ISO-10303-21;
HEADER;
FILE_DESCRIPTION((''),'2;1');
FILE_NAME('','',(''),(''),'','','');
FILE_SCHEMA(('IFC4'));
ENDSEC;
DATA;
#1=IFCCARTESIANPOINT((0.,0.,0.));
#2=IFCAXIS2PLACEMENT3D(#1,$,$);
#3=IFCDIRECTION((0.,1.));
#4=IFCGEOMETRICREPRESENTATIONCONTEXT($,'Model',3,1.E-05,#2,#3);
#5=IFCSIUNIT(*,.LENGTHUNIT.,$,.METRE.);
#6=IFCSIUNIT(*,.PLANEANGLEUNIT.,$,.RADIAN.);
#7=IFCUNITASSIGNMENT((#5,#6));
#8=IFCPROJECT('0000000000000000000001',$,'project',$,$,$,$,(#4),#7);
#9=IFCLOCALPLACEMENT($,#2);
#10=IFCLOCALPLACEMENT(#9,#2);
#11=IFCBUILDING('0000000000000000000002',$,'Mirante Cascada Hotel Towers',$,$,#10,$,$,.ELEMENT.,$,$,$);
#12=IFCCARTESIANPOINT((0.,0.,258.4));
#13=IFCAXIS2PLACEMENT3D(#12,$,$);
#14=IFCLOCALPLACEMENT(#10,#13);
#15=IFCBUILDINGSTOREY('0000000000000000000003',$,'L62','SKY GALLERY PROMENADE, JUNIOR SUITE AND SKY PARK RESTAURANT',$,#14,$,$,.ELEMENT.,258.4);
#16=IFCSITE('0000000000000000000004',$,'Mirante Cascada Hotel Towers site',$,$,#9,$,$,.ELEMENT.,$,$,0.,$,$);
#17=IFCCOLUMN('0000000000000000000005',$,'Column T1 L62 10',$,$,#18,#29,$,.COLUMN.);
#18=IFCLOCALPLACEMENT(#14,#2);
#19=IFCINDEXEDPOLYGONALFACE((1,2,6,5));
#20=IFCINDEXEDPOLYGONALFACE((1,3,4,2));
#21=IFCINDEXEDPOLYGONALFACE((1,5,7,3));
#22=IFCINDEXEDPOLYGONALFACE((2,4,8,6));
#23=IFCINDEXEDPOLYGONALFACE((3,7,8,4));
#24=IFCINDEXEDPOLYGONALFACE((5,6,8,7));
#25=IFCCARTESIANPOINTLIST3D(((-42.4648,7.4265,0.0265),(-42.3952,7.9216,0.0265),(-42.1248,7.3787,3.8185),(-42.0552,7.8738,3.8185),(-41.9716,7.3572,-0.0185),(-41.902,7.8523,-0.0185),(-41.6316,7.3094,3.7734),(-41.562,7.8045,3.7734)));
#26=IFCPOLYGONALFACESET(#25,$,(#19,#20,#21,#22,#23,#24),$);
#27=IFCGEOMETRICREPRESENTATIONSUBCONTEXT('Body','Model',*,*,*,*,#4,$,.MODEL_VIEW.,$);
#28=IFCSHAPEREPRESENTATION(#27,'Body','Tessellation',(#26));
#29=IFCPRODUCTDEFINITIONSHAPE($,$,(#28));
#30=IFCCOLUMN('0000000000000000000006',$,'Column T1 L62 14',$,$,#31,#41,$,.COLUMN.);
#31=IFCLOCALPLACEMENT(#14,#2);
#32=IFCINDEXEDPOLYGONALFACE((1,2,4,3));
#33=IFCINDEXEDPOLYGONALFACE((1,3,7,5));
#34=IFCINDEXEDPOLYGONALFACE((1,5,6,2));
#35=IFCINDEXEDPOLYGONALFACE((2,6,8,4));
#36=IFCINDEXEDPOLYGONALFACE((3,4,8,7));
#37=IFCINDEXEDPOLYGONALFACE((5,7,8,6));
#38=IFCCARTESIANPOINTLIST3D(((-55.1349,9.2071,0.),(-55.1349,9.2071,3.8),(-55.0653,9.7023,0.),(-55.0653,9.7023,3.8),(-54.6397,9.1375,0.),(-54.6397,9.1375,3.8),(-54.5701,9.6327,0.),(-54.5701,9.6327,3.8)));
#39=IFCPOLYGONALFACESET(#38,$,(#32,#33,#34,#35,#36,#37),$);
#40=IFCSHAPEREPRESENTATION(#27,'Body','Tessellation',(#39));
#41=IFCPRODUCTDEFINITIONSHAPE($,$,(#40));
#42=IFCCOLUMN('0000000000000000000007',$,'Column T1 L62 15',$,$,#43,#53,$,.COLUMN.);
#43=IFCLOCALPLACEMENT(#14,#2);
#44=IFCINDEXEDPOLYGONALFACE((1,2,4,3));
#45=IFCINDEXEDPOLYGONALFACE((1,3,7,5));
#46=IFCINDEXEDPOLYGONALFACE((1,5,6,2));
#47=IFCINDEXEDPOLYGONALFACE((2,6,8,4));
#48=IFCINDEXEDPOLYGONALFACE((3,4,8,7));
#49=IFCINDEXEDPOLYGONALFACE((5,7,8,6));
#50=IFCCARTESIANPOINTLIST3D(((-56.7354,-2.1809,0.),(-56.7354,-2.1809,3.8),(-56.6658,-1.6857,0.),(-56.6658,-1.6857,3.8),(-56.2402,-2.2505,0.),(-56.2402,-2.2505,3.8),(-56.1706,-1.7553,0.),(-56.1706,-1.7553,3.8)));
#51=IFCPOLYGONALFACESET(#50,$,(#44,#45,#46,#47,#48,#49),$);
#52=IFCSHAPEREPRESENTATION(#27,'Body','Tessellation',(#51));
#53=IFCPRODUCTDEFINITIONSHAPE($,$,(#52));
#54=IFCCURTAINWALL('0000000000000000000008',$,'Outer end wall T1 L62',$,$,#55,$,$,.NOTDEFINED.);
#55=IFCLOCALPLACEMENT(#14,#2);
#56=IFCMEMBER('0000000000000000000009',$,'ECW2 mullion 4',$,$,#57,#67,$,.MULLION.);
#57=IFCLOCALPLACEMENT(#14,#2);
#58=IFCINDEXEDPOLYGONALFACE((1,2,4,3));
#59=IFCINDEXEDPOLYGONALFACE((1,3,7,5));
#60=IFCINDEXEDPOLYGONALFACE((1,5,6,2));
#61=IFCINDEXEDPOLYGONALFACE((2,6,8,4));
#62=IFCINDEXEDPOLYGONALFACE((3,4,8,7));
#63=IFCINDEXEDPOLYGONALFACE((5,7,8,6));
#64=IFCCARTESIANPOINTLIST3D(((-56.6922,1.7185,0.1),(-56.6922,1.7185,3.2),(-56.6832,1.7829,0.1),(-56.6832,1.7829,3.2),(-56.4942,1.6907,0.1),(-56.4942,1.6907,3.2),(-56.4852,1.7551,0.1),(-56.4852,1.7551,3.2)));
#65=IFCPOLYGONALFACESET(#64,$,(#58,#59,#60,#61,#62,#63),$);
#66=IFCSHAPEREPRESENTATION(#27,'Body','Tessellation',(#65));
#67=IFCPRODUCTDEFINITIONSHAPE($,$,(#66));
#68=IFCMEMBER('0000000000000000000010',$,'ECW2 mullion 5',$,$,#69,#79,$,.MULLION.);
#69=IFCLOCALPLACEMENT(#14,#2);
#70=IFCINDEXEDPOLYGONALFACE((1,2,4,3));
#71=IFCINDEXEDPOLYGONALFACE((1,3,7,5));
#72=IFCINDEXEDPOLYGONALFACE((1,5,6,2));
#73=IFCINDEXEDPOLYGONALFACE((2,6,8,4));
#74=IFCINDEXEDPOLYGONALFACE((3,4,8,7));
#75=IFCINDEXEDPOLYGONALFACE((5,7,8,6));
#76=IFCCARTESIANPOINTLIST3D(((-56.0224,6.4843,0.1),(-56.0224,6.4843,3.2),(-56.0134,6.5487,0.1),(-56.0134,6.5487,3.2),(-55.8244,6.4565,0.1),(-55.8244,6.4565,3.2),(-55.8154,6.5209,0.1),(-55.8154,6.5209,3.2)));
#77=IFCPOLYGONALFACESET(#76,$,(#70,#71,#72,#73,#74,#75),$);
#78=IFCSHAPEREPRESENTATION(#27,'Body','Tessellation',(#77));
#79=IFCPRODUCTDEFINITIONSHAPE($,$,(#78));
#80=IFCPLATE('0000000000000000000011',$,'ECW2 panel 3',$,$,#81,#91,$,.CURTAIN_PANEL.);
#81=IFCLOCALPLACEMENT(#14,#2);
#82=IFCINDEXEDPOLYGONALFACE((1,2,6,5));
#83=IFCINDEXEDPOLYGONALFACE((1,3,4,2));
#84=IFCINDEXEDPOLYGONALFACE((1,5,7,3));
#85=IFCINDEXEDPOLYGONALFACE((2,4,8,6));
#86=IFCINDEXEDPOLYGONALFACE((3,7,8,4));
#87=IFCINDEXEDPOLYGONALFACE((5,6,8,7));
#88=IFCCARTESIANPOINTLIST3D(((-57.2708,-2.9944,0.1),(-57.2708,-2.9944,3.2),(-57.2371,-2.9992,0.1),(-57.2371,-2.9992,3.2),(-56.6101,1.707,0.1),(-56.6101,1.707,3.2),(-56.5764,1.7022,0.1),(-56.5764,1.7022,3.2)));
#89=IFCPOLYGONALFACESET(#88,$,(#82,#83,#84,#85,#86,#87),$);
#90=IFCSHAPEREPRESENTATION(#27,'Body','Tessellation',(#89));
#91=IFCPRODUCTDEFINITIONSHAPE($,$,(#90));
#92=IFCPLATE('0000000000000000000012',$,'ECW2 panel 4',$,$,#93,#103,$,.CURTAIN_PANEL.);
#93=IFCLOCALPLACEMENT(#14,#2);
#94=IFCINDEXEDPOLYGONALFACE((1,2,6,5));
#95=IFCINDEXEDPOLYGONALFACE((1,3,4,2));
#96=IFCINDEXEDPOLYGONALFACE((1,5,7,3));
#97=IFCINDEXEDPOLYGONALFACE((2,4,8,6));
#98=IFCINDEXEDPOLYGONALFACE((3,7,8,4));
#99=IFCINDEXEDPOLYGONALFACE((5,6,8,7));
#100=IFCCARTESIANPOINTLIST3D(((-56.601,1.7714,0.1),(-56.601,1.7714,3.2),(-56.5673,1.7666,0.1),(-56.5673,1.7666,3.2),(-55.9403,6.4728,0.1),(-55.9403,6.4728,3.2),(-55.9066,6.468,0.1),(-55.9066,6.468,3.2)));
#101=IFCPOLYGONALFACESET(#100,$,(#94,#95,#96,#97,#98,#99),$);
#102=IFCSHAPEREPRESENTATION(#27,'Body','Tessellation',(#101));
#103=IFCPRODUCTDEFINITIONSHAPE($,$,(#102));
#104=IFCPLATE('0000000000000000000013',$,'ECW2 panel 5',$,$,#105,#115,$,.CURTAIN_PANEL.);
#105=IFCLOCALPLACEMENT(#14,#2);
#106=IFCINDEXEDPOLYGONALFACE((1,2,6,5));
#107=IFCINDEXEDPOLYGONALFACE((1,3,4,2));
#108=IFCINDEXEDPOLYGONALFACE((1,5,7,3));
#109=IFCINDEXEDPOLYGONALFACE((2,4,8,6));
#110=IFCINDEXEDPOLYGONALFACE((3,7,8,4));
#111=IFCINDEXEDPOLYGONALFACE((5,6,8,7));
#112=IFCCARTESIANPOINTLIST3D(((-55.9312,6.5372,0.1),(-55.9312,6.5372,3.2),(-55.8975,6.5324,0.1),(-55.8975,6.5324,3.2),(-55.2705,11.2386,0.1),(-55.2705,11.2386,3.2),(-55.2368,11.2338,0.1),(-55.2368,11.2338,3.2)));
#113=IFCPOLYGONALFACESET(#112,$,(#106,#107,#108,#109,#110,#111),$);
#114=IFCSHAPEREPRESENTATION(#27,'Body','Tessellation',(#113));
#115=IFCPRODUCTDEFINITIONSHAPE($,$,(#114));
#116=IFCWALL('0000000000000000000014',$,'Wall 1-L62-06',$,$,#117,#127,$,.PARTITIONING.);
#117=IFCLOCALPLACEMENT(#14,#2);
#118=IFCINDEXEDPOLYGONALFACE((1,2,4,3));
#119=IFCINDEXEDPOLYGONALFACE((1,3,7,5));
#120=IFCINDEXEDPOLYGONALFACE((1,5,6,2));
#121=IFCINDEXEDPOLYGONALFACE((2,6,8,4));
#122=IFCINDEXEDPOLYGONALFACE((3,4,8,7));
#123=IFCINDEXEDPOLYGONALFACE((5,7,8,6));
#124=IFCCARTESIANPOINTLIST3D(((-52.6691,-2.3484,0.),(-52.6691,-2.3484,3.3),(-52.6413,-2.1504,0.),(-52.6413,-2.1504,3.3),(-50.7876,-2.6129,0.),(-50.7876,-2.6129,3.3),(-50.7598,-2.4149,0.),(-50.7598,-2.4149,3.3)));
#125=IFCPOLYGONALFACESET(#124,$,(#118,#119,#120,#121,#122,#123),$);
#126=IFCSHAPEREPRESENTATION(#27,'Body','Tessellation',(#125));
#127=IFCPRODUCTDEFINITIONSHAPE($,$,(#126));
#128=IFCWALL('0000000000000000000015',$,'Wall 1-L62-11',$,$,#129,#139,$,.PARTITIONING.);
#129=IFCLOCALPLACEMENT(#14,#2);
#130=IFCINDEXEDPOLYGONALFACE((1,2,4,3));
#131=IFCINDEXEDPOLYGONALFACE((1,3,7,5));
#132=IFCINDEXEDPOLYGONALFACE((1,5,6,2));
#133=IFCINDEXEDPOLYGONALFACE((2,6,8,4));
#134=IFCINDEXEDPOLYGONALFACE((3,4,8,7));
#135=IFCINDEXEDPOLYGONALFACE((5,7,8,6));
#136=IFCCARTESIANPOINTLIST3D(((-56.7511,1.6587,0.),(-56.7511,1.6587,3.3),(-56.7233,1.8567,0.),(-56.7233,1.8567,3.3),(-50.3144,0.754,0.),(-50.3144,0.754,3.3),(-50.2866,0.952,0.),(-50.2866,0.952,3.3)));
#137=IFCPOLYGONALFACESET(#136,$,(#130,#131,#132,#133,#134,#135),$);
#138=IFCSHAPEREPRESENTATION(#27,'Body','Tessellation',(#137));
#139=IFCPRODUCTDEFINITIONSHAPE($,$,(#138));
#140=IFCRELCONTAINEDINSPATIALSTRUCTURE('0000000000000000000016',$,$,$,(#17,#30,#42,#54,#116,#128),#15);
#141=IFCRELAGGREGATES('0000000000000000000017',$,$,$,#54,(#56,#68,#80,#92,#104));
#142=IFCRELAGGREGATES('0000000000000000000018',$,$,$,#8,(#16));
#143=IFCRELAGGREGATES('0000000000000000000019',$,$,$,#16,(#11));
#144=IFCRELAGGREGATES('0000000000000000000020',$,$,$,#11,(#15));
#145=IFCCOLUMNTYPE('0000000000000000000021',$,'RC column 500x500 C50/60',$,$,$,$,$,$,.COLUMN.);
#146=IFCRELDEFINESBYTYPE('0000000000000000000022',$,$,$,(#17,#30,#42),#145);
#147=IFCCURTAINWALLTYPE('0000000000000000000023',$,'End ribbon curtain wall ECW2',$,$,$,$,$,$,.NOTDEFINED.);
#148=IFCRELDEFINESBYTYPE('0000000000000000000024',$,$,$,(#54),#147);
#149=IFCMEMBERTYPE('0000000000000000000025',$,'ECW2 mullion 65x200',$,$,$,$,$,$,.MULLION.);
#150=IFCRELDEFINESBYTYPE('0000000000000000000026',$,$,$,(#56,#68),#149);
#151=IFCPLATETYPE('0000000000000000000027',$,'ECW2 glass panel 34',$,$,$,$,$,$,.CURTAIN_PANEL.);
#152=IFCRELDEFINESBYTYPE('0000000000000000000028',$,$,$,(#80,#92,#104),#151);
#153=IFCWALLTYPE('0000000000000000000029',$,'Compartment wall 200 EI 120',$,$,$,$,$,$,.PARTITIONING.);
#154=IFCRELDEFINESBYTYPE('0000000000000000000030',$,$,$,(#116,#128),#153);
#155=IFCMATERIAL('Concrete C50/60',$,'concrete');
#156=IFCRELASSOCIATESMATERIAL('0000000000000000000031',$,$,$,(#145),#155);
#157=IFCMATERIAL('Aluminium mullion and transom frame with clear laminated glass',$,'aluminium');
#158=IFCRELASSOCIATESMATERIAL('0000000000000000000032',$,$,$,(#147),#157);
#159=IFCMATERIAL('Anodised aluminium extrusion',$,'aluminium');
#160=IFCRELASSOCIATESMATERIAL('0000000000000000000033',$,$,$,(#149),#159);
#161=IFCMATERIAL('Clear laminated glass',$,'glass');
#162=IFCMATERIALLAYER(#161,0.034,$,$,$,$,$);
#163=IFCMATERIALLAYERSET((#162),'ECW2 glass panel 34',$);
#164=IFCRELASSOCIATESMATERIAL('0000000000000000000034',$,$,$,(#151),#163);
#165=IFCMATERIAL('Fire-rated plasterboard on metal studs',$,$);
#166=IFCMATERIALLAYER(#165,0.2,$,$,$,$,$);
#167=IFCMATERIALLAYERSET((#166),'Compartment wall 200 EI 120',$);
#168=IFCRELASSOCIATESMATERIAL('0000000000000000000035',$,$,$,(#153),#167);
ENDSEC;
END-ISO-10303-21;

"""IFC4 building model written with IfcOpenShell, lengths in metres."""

from ifc_helpers import new_model, si_unit, direction, frame, frame_2d, origin, origin_2d, place, context, subcontext, project, spatial, rectangle, extrude, material, layer, layer_set, material_profile, profile_set, type_object, element, aggregate, save


model = new_model("IFC4")

# Units and contexts
model_context = context("Model", 3, precision=1e-05, world=origin(), true_north=direction((0.0, 1.0)))
body_context = subcontext(model_context, "Body", "Model", "MODEL_VIEW")
ifc_project = project(units=[si_unit("LENGTHUNIT", "METRE"), si_unit("PLANEANGLEUNIT", "RADIAN")], contexts=[model_context])

# Site, building, storey
site_placement = place(None, origin())
site = spatial("IfcSite", under=ifc_project, at=site_placement, Name="Mirante Cascada Hotel Towers site", CompositionType="ELEMENT", RefElevation=0.0)
building_placement = place(site_placement, origin())
building = spatial("IfcBuilding", under=site, at=building_placement, Name="Mirante Cascada Hotel Towers", CompositionType="ELEMENT")
storey_placement = place(building_placement, frame((0.0, 0.0, 258.4)))
storey = spatial("IfcBuildingStorey", under=building, at=storey_placement, Name="L62", Description="SKY GALLERY PROMENADE, JUNIOR SUITE AND SKY PARK RESTAURANT", CompositionType="ELEMENT", Elevation=258.4)

# Columns
ifc_material_1 = material(Name="Concrete C50/60", Category="concrete")
ifc_material_profile_1 = material_profile(ifc_material_1, rectangle(XDim=0.5, YDim=0.5, at=origin_2d()), Name="RC column 500x500 C50/60")
ifc_profile_set_1 = profile_set([ifc_material_profile_1], Name="Concrete C50/60")
column_type = type_object("IfcColumnType", Name="RC column 500x500 C50/60", PredefinedType="COLUMN", material=ifc_profile_set_1)
column_placement = place(storey_placement, frame((-42.1834, 7.6394, 0.004), z_axis=(0.089297, -0.012554, 0.995926), x_axis=(0.139219, 0.990262, 0.0)))
element("IfcColumn", 1, at=column_placement, inside=storey, type_object=column_type, Name="Column T1 L62 10", PredefinedType="COLUMN", context=body_context, shape_type="SweptSolid", body=[
    extrude(rectangle(XDim=0.5, YDim=0.5, at=origin_2d()), origin(), (0.0, 0.0, 1.0), 3.8075),
])
for number, where, z_axis, x_axis, name in (
    (2, (-54.8525, 9.4199, 0.0), (0.0, 0.0, 1.0), (-0.990268, 0.139173, 0.0), "Column T1 L62 14"),
    (3, (-56.453, -1.9681, 0.0), (0.0, 0.0, 1.0), (-0.990268, 0.139173, 0.0), "Column T1 L62 15"),
):
    element("IfcColumn", number, at=place(storey_placement, frame(where, z_axis=z_axis, x_axis=x_axis)), inside=storey, type_object=column_type, Name=name, PredefinedType="COLUMN", context=body_context, shape_type="SweptSolid", body=[
        extrude(rectangle(XDim=0.5, YDim=0.5, at=origin_2d()), origin(), (0.0, 0.0, 1.0), 3.8),
    ])

# Curtain wall, members, plates
ifc_material_2 = material(Name="Aluminium mullion and transom frame with clear laminated glass", Category="aluminium")
curtain_wall_type = type_object("IfcCurtainWallType", Name="End ribbon curtain wall ECW2", PredefinedType="NOTDEFINED", material=ifc_material_2)
curtain_wall_placement = place(storey_placement, origin())
curtain_wall = element("IfcCurtainWall", 4, at=curtain_wall_placement, inside=storey, type_object=curtain_wall_type, Name="Outer end wall T1 L62", PredefinedType="NOTDEFINED")
ifc_material_3 = material(Name="Anodised aluminium extrusion", Category="aluminium")
ifc_material_profile_2 = material_profile(ifc_material_3, rectangle(XDim=0.2, YDim=0.065, at=origin_2d()), Name="ECW2 MULLION 65x200")
ifc_profile_set_2 = profile_set([ifc_material_profile_2], Name="Anodised aluminium extrusion")
member_type = type_object("IfcMemberType", Name="ECW2 mullion 65x200", PredefinedType="MULLION", material=ifc_profile_set_2)
member_1_placement = place(storey_placement, frame((-56.5887, 1.7368, 0.1), z_axis=(0.0, 0.0, 1.0), x_axis=(-0.990268, 0.139173, 0.0)))
member_1 = element("IfcMember", 5, at=member_1_placement, type_object=member_type, Name="ECW2 mullion 4", PredefinedType="MULLION", context=body_context, shape_type="SweptSolid", body=[
    extrude(rectangle(XDim=0.2, YDim=0.065, at=origin_2d()), origin(), (0.0, 0.0, 1.0), 3.1),
])
member_2_placement = place(storey_placement, frame((-55.9189, 6.5026, 0.1), z_axis=(0.0, 0.0, 1.0), x_axis=(-0.990268, 0.139173, 0.0)))
member_2 = element("IfcMember", 6, at=member_2_placement, type_object=member_type, Name="ECW2 mullion 5", PredefinedType="MULLION", context=body_context, shape_type="SweptSolid", body=[
    extrude(rectangle(XDim=0.2, YDim=0.065, at=origin_2d()), origin(), (0.0, 0.0, 1.0), 3.1),
])
ifc_material_4 = material(Name="Clear laminated glass", Category="glass")
ifc_layer_1 = layer(ifc_material_4, 0.034)
ifc_layer_set_1 = layer_set([ifc_layer_1], Name="ECW2 glass panel 34")
plate_type = type_object("IfcPlateType", Name="ECW2 glass panel 34", PredefinedType="CURTAIN_PANEL", material=ifc_layer_set_1)
plate_1_placement = place(storey_placement, frame((-56.9236, -0.6461, 0.1), z_axis=(0.0, 0.0, 1.0), x_axis=(0.139173, 0.990268, 0.0)))
plate_1 = element("IfcPlate", 7, at=plate_1_placement, type_object=plate_type, Name="ECW2 panel 3", PredefinedType="CURTAIN_PANEL", context=body_context, shape_type="SweptSolid", body=[
    extrude(rectangle(XDim=4.7476, YDim=0.034, at=origin_2d()), origin(), (0.0, 0.0, 1.0), 3.1),
])
plate_2_placement = place(storey_placement, frame((-56.2538, 4.1197, 0.1), z_axis=(0.0, 0.0, 1.0), x_axis=(0.139173, 0.990268, 0.0)))
plate_2 = element("IfcPlate", 8, at=plate_2_placement, type_object=plate_type, Name="ECW2 panel 4", PredefinedType="CURTAIN_PANEL", context=body_context, shape_type="SweptSolid", body=[
    extrude(rectangle(XDim=4.7476, YDim=0.034, at=origin_2d()), origin(), (0.0, 0.0, 1.0), 3.1),
])
plate_3_placement = place(storey_placement, frame((-55.584, 8.8855, 0.1), z_axis=(0.0, 0.0, 1.0), x_axis=(0.139173, 0.990268, 0.0)))
plate_3 = element("IfcPlate", 9, at=plate_3_placement, type_object=plate_type, Name="ECW2 panel 5", PredefinedType="CURTAIN_PANEL", context=body_context, shape_type="SweptSolid", body=[
    extrude(rectangle(XDim=4.7476, YDim=0.034, at=origin_2d()), origin(), (0.0, 0.0, 1.0), 3.1),
])
aggregate(curtain_wall, [member_1, member_2, plate_1, plate_2, plate_3])

# Walls
ifc_material_5 = material(Name="Fire-rated plasterboard on metal studs")
ifc_layer_2 = layer(ifc_material_5, 0.2)
ifc_layer_set_2 = layer_set([ifc_layer_2], Name="Compartment wall 200 EI 120")
wall_type_1 = type_object("IfcWallType", Name="Compartment wall 200 EI 120", PredefinedType="PARTITIONING", material=ifc_layer_set_2)
wall_1_placement = place(storey_placement, frame((-52.6552, -2.2494, 0.0), z_axis=(0.0, 0.0, 1.0), x_axis=(0.990263, -0.13921, 0.0)))
element("IfcWall", 10, at=wall_1_placement, inside=storey, type_object=wall_type_1, Name="Wall 1-L62-06", PredefinedType="PARTITIONING", context=body_context, shape_type="SweptSolid", body=[
    extrude(rectangle(XDim=1.9, YDim=0.2, at=frame_2d((0.95, 0.0))), origin(), (0.0, 0.0, 1.0), 3.3),
])
wall_2_placement = place(storey_placement, frame((-50.3005, 0.853, 0.0), z_axis=(0.0, 0.0, 1.0), x_axis=(-0.990266, 0.139185, 0.0)))
element("IfcWall", 11, at=wall_2_placement, inside=storey, type_object=wall_type_1, Name="Wall 1-L62-11", PredefinedType="PARTITIONING", context=body_context, shape_type="SweptSolid", body=[
    extrude(rectangle(XDim=6.5, YDim=0.2, at=frame_2d((3.25, 0.0))), origin(), (0.0, 0.0, 1.0), 3.3),
])

save(model, "model.ifc")
